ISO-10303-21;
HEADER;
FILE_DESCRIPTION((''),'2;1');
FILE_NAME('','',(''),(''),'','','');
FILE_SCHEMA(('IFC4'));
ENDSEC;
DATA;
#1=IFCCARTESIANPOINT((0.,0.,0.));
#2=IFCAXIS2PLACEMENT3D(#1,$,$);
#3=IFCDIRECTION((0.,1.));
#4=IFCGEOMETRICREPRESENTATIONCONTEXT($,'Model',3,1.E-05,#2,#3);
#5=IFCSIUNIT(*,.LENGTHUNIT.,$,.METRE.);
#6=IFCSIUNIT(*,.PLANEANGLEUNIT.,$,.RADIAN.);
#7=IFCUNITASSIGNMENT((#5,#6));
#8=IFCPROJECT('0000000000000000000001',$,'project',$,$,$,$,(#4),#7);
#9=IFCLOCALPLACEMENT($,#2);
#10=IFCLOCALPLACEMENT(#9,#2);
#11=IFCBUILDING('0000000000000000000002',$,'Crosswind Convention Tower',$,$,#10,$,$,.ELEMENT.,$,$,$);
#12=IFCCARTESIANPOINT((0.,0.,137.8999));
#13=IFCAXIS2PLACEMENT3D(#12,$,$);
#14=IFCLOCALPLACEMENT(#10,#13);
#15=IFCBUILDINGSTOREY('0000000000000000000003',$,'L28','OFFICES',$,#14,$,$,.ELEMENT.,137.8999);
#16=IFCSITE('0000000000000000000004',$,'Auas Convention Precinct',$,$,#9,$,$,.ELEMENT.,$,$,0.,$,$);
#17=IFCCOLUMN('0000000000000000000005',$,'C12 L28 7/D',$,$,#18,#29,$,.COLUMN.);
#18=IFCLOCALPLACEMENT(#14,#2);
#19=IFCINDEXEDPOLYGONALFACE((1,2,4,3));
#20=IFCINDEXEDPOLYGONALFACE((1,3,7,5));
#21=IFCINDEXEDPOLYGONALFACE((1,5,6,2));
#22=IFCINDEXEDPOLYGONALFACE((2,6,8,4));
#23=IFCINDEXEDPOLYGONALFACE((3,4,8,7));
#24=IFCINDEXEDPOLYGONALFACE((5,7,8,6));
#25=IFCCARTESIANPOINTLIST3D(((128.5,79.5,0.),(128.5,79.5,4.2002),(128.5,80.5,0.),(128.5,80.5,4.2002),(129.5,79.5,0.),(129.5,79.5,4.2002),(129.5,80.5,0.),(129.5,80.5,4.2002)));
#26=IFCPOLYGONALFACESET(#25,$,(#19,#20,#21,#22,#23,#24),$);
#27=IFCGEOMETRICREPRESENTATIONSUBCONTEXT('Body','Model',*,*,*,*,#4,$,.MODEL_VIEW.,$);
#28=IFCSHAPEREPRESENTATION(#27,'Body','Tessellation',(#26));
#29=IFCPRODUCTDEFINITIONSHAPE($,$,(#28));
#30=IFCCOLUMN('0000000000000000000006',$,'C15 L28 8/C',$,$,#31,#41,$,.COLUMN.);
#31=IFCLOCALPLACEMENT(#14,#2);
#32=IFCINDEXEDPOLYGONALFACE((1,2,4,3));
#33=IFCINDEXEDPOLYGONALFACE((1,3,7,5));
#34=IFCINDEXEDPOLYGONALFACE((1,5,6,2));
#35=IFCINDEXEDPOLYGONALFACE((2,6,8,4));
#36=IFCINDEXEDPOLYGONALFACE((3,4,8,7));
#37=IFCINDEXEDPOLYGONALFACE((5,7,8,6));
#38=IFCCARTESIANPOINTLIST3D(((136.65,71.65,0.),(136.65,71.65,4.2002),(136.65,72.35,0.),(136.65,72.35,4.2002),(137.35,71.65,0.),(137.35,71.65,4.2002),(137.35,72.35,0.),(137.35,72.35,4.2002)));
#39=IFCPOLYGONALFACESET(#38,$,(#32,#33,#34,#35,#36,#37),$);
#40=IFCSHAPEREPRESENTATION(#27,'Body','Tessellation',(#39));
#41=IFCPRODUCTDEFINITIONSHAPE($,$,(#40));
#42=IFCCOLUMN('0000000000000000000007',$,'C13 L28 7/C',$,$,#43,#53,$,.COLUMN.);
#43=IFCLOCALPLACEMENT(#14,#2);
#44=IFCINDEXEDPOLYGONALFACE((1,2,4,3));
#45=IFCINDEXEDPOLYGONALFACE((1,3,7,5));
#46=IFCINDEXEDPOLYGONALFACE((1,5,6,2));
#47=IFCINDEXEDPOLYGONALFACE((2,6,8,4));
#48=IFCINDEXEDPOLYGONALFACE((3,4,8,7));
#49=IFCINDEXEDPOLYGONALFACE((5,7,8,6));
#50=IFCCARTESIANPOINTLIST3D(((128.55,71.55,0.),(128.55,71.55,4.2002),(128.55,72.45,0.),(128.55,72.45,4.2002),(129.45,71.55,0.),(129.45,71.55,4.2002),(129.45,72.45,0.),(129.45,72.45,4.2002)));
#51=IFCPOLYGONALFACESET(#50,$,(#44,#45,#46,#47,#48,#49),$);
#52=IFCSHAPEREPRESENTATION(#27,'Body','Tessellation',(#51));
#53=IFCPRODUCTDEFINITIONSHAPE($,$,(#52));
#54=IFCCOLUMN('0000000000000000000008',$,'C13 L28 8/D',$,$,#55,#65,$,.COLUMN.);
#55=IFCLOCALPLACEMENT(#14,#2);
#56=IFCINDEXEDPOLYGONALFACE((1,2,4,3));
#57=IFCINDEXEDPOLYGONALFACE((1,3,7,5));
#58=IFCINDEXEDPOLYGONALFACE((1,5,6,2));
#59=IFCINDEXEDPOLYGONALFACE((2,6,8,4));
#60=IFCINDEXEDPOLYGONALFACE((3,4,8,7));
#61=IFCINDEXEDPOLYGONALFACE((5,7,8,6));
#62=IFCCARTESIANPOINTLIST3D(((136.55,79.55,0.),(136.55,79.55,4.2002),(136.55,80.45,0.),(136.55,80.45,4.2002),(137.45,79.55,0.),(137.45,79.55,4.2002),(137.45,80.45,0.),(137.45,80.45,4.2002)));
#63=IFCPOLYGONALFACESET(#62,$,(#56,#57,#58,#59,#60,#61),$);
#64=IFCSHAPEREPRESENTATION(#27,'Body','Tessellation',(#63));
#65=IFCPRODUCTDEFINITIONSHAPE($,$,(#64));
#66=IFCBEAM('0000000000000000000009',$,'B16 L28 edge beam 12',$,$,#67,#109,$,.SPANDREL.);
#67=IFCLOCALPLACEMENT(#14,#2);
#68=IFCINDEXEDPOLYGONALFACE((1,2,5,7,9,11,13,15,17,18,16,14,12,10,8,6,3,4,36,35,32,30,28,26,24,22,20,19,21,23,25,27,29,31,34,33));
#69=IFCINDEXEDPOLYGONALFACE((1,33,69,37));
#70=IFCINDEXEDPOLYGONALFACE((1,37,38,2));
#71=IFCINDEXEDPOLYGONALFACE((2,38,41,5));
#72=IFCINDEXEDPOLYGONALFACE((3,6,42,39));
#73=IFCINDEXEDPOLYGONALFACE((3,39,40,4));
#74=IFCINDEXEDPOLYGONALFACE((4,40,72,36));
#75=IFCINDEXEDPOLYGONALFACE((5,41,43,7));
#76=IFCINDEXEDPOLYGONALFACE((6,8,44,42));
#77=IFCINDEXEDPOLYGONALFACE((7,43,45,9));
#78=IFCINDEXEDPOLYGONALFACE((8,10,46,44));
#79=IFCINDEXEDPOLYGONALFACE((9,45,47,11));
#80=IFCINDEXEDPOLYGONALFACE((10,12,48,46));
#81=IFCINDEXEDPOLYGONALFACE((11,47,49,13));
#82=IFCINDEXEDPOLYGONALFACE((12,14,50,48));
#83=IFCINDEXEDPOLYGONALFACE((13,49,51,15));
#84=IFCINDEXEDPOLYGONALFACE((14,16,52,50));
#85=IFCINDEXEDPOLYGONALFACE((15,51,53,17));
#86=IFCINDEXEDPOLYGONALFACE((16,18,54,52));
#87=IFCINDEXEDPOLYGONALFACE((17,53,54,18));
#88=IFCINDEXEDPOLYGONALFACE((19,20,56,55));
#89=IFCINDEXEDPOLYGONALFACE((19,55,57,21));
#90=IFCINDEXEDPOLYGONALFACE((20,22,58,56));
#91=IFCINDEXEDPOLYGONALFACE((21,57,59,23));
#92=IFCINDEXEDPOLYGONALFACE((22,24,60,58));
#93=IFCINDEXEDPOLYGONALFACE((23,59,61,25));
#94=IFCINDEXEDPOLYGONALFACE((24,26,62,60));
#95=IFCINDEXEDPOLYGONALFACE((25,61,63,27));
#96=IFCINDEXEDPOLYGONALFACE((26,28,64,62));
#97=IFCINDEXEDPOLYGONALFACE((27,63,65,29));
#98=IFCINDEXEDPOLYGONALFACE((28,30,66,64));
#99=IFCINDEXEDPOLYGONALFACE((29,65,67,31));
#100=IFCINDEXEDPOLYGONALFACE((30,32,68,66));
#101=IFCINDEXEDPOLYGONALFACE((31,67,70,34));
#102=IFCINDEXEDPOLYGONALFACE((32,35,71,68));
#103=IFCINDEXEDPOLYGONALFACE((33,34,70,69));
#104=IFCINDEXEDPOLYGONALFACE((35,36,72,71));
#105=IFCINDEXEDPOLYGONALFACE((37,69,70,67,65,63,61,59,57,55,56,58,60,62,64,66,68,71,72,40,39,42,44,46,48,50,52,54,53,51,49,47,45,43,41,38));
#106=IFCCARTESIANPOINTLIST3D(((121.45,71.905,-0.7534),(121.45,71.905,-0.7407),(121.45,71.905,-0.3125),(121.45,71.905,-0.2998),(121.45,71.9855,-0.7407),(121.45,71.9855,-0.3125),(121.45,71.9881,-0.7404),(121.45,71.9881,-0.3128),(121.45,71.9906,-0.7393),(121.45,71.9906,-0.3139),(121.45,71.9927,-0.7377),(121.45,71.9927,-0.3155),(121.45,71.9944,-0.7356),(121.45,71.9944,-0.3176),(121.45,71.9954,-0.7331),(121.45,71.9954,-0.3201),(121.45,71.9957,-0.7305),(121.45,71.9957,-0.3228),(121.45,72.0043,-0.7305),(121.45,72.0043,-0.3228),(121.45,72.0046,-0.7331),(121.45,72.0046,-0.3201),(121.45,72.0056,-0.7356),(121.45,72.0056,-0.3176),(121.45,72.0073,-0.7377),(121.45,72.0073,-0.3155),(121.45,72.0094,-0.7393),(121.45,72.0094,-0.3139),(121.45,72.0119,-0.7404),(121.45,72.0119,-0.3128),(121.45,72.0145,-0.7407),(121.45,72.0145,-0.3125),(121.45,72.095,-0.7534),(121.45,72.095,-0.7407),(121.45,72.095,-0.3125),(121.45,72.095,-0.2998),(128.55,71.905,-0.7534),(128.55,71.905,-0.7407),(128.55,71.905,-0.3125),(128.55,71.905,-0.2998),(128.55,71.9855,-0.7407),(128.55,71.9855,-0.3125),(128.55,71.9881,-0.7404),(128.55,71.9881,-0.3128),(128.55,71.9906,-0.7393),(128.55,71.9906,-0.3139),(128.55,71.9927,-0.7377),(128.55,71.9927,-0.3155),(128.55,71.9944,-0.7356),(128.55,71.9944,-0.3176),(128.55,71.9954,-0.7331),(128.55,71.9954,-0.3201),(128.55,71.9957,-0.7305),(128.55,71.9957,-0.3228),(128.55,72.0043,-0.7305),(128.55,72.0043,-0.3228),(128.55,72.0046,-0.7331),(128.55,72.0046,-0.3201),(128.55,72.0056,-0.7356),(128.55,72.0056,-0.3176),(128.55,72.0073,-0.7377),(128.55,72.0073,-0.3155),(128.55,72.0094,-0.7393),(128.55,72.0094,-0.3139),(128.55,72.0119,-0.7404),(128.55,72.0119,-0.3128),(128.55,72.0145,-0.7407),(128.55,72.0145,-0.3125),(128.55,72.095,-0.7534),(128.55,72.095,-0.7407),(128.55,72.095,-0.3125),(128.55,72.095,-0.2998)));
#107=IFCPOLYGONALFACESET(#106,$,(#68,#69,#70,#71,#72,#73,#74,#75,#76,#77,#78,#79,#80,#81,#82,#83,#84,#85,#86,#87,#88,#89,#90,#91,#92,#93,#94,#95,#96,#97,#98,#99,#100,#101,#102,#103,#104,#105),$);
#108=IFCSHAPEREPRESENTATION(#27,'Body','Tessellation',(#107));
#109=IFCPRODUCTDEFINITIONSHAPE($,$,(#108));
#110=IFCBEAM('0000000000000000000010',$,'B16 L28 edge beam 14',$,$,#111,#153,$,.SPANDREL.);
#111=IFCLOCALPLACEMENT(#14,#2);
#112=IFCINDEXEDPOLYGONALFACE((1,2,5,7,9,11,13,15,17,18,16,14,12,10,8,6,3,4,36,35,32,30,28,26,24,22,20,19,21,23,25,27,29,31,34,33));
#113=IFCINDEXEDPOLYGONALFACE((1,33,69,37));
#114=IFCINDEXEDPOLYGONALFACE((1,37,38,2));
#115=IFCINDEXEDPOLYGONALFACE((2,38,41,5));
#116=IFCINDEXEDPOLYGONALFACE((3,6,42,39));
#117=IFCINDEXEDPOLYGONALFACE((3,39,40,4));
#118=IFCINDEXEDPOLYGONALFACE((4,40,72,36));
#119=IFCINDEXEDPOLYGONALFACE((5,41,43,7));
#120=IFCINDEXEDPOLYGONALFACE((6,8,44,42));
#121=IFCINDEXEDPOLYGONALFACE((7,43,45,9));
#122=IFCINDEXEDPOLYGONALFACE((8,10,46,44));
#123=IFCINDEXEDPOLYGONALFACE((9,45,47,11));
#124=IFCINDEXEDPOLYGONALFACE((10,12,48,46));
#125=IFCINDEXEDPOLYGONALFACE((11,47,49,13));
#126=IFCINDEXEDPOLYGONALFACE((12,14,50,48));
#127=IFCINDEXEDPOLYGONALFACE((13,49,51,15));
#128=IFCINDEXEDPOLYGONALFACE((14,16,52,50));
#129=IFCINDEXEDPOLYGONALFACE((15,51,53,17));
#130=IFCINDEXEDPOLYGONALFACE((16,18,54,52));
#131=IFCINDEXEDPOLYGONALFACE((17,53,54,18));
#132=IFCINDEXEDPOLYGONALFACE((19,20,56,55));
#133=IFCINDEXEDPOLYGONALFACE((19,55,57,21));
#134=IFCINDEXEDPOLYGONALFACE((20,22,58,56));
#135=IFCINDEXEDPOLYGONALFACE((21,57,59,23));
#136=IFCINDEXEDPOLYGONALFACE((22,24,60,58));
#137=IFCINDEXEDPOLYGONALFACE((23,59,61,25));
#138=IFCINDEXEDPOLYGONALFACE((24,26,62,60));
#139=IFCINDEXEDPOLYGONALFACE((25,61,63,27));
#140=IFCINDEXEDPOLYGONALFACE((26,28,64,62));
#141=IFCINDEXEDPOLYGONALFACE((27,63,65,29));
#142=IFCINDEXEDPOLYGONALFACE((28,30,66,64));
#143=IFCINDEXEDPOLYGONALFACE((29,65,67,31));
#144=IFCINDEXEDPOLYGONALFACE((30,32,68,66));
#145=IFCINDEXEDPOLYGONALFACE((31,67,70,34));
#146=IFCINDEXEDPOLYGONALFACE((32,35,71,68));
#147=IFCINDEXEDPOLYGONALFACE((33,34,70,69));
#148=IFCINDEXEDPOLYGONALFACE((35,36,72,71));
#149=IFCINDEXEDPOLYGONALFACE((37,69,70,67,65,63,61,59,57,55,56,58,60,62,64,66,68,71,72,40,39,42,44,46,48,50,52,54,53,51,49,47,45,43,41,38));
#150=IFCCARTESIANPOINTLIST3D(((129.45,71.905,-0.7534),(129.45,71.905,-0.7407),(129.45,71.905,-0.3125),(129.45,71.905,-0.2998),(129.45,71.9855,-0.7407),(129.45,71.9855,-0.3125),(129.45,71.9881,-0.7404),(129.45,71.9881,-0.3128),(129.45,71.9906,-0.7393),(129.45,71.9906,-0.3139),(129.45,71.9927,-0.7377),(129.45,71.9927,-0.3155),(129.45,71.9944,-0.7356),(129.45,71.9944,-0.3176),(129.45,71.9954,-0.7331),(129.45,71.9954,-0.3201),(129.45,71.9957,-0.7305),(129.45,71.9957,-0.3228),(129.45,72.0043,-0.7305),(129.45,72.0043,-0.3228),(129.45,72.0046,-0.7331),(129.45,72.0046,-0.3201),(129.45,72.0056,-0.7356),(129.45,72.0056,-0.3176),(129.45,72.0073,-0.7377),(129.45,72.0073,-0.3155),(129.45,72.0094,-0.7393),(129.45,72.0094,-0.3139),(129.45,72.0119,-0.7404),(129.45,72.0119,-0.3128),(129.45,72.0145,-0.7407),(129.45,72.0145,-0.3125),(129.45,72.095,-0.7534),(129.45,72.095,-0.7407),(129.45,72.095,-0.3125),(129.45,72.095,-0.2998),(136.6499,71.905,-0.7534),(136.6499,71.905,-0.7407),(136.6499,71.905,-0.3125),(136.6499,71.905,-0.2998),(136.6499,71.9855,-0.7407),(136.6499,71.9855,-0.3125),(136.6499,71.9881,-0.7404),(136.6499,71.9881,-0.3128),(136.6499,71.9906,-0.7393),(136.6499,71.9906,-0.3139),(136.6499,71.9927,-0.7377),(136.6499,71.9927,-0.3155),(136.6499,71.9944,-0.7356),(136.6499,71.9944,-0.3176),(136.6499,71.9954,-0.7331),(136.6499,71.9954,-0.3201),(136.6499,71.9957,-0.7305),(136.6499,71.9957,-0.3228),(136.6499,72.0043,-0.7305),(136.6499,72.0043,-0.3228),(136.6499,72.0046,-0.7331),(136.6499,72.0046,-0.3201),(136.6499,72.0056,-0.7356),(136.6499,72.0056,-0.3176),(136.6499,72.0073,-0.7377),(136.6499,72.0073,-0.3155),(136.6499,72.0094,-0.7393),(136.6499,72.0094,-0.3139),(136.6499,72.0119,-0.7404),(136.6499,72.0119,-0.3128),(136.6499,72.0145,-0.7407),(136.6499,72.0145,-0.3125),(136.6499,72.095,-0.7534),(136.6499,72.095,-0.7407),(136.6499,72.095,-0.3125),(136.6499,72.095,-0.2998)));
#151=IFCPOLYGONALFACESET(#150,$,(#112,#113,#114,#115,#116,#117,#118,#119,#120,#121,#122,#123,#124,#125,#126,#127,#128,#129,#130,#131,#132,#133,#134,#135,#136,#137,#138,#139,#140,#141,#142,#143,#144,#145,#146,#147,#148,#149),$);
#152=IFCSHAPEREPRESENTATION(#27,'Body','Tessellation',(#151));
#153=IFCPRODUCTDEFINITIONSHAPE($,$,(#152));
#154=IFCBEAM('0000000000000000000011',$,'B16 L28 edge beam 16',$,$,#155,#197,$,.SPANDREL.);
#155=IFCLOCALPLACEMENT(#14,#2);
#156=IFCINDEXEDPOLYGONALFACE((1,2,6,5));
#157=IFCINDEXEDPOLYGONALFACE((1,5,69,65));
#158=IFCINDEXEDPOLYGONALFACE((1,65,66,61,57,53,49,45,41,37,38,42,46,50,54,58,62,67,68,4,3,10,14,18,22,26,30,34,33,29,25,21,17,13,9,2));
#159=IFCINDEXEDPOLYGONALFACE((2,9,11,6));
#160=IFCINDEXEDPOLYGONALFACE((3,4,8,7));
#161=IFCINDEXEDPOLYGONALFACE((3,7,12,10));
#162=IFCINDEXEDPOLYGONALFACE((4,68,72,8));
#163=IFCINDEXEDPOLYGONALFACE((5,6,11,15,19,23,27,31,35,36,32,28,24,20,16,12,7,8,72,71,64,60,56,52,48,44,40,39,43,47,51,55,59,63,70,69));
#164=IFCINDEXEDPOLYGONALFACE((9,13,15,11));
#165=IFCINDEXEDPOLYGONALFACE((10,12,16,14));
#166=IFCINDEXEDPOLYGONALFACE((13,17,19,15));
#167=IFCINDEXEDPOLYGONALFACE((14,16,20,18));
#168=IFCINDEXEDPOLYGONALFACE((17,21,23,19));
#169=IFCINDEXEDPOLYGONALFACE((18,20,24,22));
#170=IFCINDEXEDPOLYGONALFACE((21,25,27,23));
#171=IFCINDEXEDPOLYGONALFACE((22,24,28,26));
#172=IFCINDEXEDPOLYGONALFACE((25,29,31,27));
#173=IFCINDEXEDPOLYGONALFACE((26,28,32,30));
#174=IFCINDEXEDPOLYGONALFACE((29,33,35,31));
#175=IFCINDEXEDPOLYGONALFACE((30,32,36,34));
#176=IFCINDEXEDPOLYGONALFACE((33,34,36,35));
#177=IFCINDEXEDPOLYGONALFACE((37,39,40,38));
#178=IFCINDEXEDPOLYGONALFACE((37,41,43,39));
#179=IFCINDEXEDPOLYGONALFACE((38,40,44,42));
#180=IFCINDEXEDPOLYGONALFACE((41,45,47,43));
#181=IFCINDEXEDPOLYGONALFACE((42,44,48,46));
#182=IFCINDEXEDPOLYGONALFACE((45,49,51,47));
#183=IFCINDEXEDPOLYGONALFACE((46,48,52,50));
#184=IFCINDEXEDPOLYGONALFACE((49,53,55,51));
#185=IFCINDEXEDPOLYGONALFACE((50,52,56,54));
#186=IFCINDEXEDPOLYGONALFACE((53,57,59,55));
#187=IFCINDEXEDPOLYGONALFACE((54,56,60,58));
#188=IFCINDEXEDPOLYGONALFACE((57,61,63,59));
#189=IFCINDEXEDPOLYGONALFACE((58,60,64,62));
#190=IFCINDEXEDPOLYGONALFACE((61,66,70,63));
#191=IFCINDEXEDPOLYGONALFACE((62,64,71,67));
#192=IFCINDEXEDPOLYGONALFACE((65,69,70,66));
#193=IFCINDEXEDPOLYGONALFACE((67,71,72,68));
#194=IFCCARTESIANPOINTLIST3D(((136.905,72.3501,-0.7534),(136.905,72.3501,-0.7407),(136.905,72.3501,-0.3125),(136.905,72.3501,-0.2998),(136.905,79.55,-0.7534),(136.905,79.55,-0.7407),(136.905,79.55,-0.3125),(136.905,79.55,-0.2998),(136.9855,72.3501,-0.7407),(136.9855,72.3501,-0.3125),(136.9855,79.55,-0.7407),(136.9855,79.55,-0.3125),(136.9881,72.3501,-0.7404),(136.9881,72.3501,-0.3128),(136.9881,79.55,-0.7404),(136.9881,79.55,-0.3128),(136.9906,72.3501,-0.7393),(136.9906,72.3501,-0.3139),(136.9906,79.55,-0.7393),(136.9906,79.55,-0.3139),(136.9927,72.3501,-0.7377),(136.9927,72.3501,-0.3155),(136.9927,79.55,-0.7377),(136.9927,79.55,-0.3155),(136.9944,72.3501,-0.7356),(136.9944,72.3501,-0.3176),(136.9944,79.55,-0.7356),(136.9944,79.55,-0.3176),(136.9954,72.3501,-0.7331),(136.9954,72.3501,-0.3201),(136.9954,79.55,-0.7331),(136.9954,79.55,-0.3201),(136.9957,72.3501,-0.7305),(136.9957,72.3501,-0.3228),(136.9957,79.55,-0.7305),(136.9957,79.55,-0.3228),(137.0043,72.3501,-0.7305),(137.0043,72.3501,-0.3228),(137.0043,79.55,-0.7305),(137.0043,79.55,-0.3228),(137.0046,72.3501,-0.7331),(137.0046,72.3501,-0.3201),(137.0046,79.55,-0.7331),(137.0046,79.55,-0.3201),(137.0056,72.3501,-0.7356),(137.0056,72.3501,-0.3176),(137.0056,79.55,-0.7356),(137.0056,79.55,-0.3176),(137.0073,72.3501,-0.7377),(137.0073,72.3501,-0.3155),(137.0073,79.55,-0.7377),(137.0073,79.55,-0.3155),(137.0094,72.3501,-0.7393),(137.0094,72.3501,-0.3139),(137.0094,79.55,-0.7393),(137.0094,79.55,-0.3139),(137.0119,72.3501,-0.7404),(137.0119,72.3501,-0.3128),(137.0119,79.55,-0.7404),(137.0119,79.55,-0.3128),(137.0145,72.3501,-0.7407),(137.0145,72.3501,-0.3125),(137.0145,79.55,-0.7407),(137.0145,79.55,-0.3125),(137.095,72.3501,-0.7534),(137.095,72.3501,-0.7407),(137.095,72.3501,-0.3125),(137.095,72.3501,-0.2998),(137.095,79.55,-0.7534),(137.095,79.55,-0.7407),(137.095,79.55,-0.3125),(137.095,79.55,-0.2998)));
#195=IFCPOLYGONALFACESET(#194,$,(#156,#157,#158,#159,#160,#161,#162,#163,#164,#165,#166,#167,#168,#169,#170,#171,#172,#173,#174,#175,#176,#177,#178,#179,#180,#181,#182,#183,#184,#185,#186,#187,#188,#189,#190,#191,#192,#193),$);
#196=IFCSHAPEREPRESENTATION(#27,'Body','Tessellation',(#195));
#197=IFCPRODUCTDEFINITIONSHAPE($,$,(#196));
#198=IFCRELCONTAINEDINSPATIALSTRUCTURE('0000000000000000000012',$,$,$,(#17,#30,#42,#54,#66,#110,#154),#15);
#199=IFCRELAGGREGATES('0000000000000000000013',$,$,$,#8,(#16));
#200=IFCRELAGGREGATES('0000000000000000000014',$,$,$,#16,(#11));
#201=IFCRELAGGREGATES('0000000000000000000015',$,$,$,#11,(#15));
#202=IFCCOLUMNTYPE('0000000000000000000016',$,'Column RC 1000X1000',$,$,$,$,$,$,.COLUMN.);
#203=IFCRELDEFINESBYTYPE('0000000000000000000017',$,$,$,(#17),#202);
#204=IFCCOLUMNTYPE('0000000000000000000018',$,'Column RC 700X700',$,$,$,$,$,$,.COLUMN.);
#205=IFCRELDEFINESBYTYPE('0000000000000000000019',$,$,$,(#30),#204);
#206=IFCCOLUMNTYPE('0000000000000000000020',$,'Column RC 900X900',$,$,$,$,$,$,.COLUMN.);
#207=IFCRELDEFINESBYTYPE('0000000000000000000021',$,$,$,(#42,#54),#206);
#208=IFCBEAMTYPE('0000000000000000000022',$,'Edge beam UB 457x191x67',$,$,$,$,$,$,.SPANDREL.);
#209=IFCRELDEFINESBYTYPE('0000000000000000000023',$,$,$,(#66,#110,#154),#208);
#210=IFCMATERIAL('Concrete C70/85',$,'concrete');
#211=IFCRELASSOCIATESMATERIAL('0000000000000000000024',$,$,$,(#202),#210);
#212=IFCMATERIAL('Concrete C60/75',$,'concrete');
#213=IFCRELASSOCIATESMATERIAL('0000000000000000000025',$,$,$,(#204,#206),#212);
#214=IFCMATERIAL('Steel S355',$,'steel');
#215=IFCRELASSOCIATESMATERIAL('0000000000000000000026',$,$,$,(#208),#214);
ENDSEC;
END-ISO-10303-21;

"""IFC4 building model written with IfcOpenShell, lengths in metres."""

from ifc_helpers import new_model, si_unit, direction, frame, origin, origin_2d, place, context, subcontext, project, spatial, rectangle, i_section, extrude, material, material_profile, profile_set, type_object, element, save


model = new_model("IFC4")

# Units and contexts
model_context = context("Model", 3, precision=1e-05, world=origin(), true_north=direction((0.0, 1.0)))
body_context = subcontext(model_context, "Body", "Model", "MODEL_VIEW")
ifc_project = project(units=[si_unit("LENGTHUNIT", "METRE"), si_unit("PLANEANGLEUNIT", "RADIAN")], contexts=[model_context])

# Site, building, storey
site_placement = place(None, origin())
site = spatial("IfcSite", under=ifc_project, at=site_placement, Name="Auas Convention Precinct", CompositionType="ELEMENT", RefElevation=0.0)
building_placement = place(site_placement, origin())
building = spatial("IfcBuilding", under=site, at=building_placement, Name="Crosswind Convention Tower", CompositionType="ELEMENT")
storey_placement = place(building_placement, frame((0.0, 0.0, 137.8999)))
storey = spatial("IfcBuildingStorey", under=building, at=storey_placement, Name="L28", Description="OFFICES", CompositionType="ELEMENT", Elevation=137.8999)

# Columns
ifc_material_1 = material(Name="Concrete C70/85", Category="concrete")
ifc_material_profile_1 = material_profile(ifc_material_1, rectangle(XDim=1.0, YDim=1.0, at=origin_2d()), Name="RC 1000X1000")
ifc_profile_set_1 = profile_set([ifc_material_profile_1], Name="Concrete C70/85")
column_type_1 = type_object("IfcColumnType", Name="Column RC 1000X1000", PredefinedType="COLUMN", material=ifc_profile_set_1)
column_1_placement = place(storey_placement, frame((129.0, 80.0, 0.0), z_axis=(0.0, 0.0, 1.0), x_axis=(1.0, 0.0, 0.0)))
element("IfcColumn", 1, at=column_1_placement, inside=storey, type_object=column_type_1, Name="C12 L28 7/D", PredefinedType="COLUMN", context=body_context, shape_type="SweptSolid", body=[
    extrude(rectangle(XDim=1.0, YDim=1.0, at=origin_2d()), origin(), (0.0, 0.0, 1.0), 4.2002),
])
ifc_material_2 = material(Name="Concrete C60/75", Category="concrete")
ifc_material_profile_2 = material_profile(ifc_material_2, rectangle(XDim=0.7, YDim=0.7, at=origin_2d()), Name="RC 700X700")
ifc_profile_set_2 = profile_set([ifc_material_profile_2], Name="Concrete C60/75")
column_type_2 = type_object("IfcColumnType", Name="Column RC 700X700", PredefinedType="COLUMN", material=ifc_profile_set_2)
column_2_placement = place(storey_placement, frame((137.0, 72.0, 0.0), z_axis=(0.0, 0.0, 1.0), x_axis=(1.0, 0.0, 0.0)))
element("IfcColumn", 2, at=column_2_placement, inside=storey, type_object=column_type_2, Name="C15 L28 8/C", PredefinedType="COLUMN", context=body_context, shape_type="SweptSolid", body=[
    extrude(rectangle(XDim=0.7, YDim=0.7, at=origin_2d()), origin(), (0.0, 0.0, 1.0), 4.2002),
])
ifc_material_profile_3 = material_profile(ifc_material_2, rectangle(XDim=0.8999, YDim=0.8999, at=origin_2d()), Name="RC 900X900")
ifc_profile_set_3 = profile_set([ifc_material_profile_3], Name="Concrete C60/75")
column_type_3 = type_object("IfcColumnType", Name="Column RC 900X900", PredefinedType="COLUMN", material=ifc_profile_set_3)
for number, where, z_axis, x_axis, name in (
    (3, (129.0, 72.0, 0.0), (0.0, 0.0, 1.0), (1.0, 0.0, 0.0), "C13 L28 7/C"),
    (4, (137.0, 80.0, 0.0), (0.0, 0.0, 1.0), (1.0, 0.0, 0.0), "C13 L28 8/D"),
):
    element("IfcColumn", number, at=place(storey_placement, frame(where, z_axis=z_axis, x_axis=x_axis)), inside=storey, type_object=column_type_3, Name=name, PredefinedType="COLUMN", context=body_context, shape_type="SweptSolid", body=[
        extrude(rectangle(XDim=0.8999, YDim=0.8999, at=origin_2d()), origin(), (0.0, 0.0, 1.0), 4.2002),
    ])

# Beams
ifc_material_3 = material(Name="Steel S355", Category="steel")
ifc_material_profile_4 = material_profile(ifc_material_3, i_section(OverallWidth=0.1899, OverallDepth=0.4536, WebThickness=0.0085, FlangeThickness=0.0127, FilletRadius=0.0103, at=origin_2d()), Name="UB 457x191x67")
ifc_profile_set_4 = profile_set([ifc_material_profile_4], Name="Steel S355")
beam_type_1 = type_object("IfcBeamType", Name="Edge beam UB 457x191x67", PredefinedType="SPANDREL", material=ifc_profile_set_4)
beam_1_placement = place(storey_placement, frame((121.45, 72.0, -0.5266), z_axis=(1.0, 0.0, 0.0), x_axis=(0.0, 1.0, 0.0)))
element("IfcBeam", 5, at=beam_1_placement, inside=storey, type_object=beam_type_1, Name="B16 L28 edge beam 12", PredefinedType="SPANDREL", context=body_context, shape_type="SweptSolid", body=[
    extrude(i_section(OverallWidth=0.1899, OverallDepth=0.4536, WebThickness=0.0085, FlangeThickness=0.0127, FilletRadius=0.0103, at=origin_2d()), origin(), (0.0, 0.0, 1.0), 7.1001),
])
for number, where, z_axis, x_axis, name in (
    (6, (129.45, 72.0, -0.5266), (1.0, 0.0, 0.0), (0.0, 1.0, 0.0), "B16 L28 edge beam 14"),
    (7, (137.0, 72.3501, -0.5266), (0.0, 1.0, 0.0), (-1.0, 0.0, 0.0), "B16 L28 edge beam 16"),
):
    element("IfcBeam", number, at=place(storey_placement, frame(where, z_axis=z_axis, x_axis=x_axis)), inside=storey, type_object=beam_type_1, Name=name, PredefinedType="SPANDREL", context=body_context, shape_type="SweptSolid", body=[
        extrude(i_section(OverallWidth=0.1899, OverallDepth=0.4536, WebThickness=0.0085, FlangeThickness=0.0127, FilletRadius=0.0103, at=origin_2d()), origin(), (0.0, 0.0, 1.0), 7.2),
    ])

save(model, "model.ifc")
